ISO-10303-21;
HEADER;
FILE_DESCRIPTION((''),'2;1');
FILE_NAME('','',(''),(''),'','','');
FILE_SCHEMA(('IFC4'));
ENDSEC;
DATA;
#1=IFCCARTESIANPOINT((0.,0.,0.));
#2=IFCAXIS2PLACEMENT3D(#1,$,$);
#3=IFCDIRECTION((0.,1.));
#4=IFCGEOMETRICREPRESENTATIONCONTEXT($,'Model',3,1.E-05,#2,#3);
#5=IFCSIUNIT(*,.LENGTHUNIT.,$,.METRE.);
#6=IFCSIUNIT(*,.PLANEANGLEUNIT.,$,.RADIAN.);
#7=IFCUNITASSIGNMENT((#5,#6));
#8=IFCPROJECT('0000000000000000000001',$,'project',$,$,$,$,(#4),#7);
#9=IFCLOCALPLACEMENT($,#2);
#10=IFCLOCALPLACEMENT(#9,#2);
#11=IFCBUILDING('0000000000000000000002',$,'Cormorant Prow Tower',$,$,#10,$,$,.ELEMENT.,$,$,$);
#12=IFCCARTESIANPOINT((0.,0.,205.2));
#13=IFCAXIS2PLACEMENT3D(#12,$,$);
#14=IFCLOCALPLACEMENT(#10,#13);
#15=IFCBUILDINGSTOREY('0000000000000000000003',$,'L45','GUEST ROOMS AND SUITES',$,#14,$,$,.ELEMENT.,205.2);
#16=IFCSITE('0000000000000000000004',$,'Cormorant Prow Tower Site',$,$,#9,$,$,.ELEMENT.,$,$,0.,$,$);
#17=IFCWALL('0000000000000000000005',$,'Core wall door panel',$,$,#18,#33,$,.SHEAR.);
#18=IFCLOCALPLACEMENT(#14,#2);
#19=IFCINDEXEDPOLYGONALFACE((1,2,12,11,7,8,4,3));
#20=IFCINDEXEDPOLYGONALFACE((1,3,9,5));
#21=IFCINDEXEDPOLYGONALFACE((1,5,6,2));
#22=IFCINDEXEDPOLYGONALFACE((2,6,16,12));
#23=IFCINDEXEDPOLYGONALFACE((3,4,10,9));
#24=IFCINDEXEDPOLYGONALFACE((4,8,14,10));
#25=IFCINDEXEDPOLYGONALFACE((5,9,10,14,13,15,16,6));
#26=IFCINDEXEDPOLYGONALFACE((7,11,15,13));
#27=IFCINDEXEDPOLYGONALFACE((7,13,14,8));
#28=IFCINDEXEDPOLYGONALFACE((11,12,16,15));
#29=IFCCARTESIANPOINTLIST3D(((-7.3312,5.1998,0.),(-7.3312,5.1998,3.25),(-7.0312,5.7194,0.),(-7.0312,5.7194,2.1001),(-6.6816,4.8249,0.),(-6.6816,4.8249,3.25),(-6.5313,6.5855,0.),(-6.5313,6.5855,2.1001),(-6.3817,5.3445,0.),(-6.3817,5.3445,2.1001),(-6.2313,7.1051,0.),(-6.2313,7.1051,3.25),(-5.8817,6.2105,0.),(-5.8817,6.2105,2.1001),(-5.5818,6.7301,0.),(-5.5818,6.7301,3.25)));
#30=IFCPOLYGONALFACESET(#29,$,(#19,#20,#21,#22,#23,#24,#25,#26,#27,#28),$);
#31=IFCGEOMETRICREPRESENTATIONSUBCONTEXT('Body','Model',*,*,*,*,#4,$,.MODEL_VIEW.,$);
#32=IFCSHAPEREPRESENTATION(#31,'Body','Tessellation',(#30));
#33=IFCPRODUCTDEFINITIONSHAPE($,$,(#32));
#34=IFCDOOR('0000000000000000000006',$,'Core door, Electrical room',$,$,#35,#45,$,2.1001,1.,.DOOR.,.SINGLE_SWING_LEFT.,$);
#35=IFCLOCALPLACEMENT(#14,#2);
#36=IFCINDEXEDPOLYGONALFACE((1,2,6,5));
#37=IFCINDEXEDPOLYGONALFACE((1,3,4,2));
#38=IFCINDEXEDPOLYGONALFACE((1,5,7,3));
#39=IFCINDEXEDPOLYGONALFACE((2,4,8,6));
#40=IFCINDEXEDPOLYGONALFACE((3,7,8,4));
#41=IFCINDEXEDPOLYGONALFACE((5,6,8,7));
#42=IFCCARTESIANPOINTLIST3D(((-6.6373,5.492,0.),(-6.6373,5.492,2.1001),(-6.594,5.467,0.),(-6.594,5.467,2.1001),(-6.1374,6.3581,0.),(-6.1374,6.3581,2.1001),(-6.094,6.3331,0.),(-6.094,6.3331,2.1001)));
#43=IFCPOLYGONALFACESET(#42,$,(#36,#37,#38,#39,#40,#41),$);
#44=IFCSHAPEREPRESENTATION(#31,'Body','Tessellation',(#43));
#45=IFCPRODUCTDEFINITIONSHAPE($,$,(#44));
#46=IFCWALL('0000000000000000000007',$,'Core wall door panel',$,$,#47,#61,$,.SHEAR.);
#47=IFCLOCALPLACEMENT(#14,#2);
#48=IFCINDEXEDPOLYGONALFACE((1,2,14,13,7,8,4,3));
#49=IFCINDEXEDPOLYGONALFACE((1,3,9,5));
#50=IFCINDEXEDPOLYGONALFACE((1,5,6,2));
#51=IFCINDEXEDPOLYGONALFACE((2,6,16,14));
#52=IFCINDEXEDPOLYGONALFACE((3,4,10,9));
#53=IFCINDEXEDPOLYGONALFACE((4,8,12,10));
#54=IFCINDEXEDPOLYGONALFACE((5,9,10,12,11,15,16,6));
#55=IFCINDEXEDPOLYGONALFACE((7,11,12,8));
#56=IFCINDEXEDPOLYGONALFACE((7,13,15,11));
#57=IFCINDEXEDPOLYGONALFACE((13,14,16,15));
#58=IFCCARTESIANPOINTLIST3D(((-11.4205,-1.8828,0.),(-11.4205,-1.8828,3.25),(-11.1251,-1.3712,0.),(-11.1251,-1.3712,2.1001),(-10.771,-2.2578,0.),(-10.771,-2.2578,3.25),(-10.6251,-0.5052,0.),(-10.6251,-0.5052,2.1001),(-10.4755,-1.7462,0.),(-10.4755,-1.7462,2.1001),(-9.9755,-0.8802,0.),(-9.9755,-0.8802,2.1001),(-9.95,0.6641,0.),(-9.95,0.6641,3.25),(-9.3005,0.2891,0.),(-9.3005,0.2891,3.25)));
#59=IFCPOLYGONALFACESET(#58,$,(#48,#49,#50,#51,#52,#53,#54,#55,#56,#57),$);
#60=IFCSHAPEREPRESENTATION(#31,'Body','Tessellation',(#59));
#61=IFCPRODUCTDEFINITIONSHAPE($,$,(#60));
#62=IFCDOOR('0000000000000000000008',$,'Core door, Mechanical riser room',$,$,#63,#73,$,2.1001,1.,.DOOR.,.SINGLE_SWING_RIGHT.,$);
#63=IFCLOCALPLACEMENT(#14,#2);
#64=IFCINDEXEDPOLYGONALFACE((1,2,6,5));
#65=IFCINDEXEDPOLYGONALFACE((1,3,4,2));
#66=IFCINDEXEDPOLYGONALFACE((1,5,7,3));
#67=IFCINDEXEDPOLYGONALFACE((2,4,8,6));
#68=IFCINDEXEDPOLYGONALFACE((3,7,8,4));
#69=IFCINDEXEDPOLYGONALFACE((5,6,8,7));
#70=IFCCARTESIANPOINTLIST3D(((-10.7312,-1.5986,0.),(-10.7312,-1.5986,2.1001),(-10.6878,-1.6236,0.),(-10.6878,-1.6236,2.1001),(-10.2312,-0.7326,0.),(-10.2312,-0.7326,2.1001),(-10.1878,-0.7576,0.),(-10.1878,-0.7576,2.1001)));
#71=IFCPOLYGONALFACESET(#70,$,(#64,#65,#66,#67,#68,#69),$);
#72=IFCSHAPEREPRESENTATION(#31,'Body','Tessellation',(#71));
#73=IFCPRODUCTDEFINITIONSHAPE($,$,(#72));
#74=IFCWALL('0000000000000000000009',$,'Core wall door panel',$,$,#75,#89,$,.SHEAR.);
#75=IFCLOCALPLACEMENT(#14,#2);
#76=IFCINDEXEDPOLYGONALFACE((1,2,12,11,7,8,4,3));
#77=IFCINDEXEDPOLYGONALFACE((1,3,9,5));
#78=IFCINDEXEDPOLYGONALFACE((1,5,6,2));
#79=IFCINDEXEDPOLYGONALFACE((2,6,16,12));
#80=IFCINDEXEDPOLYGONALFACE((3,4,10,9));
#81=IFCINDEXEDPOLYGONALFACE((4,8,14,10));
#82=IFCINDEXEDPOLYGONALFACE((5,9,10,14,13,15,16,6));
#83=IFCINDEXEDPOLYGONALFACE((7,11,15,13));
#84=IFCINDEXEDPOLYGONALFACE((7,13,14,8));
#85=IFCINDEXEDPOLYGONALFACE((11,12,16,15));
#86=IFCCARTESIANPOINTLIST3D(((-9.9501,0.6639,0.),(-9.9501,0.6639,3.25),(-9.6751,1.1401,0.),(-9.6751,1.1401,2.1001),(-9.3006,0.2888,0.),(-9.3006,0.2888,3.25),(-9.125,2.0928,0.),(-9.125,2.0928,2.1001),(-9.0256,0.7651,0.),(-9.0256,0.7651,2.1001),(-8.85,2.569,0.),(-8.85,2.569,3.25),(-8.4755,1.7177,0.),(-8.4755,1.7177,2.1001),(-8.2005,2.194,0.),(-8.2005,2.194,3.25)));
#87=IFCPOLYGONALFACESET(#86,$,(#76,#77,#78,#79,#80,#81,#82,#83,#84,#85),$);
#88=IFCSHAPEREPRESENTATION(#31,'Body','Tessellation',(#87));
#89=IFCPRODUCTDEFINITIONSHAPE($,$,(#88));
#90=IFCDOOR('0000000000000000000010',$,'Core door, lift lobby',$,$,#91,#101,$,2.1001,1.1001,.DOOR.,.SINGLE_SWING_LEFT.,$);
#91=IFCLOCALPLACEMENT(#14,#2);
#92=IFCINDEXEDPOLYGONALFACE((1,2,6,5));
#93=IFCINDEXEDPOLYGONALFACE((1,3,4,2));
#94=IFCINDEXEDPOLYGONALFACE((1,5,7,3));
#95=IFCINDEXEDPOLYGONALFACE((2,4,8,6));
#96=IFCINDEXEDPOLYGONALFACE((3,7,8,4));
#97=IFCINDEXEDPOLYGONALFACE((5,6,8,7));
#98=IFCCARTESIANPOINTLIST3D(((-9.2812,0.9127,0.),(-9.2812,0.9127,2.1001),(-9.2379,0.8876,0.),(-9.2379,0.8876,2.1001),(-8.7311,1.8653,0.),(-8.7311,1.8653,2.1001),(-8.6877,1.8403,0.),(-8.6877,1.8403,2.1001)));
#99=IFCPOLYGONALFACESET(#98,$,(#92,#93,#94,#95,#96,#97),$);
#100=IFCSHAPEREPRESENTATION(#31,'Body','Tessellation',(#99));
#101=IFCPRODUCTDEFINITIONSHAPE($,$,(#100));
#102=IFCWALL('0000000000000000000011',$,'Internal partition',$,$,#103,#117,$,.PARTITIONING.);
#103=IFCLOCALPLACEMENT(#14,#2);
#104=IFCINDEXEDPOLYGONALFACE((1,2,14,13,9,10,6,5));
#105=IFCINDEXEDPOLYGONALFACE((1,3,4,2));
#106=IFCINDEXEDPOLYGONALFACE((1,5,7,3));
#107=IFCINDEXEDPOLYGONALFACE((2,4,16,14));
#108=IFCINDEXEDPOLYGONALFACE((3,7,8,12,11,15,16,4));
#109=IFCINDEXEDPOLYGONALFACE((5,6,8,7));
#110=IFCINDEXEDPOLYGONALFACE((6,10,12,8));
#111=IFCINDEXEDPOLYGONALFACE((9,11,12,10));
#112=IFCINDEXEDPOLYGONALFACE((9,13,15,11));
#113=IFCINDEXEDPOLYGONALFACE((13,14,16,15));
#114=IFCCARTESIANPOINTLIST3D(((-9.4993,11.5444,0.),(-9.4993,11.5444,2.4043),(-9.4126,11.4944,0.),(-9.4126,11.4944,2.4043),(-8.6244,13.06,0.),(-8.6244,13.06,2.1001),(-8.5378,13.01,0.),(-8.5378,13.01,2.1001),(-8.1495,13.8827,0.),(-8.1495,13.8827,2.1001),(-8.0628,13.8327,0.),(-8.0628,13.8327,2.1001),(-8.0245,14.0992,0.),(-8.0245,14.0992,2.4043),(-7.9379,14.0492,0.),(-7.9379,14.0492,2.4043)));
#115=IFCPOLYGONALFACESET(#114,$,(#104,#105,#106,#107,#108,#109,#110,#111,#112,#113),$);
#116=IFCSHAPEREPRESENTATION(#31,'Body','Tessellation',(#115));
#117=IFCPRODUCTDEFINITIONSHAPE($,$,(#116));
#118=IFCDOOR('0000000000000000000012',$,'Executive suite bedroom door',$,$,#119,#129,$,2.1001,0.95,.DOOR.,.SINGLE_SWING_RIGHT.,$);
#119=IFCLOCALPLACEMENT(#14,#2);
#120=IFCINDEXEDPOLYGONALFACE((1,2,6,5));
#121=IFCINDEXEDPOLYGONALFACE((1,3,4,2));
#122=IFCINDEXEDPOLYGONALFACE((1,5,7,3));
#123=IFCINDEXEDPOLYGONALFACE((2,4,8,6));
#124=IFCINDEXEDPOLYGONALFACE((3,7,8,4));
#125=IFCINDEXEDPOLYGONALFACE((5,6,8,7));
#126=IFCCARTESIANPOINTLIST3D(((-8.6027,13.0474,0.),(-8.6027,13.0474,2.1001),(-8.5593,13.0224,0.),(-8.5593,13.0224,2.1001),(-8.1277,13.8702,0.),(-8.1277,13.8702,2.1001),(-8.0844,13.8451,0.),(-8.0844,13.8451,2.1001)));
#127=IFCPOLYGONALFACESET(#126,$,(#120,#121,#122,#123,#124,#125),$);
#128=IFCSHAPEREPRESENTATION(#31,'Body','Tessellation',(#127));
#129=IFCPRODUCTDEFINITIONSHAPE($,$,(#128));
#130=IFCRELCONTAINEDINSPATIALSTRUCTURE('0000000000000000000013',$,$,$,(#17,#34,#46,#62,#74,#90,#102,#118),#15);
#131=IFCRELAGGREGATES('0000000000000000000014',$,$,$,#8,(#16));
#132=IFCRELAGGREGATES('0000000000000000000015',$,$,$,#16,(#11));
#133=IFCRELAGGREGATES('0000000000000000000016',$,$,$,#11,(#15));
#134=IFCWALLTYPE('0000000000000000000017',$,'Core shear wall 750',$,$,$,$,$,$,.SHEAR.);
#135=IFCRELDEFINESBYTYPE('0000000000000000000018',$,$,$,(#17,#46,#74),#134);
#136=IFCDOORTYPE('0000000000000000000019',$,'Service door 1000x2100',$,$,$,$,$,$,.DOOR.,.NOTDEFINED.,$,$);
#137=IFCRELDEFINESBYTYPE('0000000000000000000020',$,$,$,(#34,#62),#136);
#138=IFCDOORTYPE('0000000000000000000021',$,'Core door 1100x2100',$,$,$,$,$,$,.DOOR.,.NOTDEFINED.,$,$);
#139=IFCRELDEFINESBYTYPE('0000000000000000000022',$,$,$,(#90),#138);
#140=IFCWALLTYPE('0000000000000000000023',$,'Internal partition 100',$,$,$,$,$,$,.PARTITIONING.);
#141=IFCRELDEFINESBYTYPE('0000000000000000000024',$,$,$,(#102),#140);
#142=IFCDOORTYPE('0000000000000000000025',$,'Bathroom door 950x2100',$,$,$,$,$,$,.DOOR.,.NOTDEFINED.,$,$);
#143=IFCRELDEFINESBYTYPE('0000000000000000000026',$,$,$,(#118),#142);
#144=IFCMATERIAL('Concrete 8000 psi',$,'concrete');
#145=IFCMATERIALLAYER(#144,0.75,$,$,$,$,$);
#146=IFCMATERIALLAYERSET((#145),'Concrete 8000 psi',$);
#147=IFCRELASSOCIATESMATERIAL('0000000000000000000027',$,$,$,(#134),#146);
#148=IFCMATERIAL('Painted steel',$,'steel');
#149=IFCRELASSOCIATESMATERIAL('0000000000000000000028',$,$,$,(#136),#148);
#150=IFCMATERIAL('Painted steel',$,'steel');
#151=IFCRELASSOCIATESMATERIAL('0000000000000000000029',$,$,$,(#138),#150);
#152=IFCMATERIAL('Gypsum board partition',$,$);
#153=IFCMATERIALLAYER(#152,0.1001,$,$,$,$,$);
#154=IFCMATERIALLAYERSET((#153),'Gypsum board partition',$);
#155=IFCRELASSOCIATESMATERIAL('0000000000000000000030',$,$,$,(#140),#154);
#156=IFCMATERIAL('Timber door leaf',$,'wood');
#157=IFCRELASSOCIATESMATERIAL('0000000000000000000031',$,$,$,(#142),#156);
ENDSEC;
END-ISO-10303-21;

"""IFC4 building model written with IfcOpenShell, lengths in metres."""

from ifc_helpers import new_model, si_unit, direction, frame, frame_2d, origin, place, context, subcontext, project, spatial, rectangle, extrude, material, layer, layer_set, type_object, element, fill, save


model = new_model("IFC4")

# Units and contexts
model_context = context("Model", 3, precision=1e-05, world=origin(), true_north=direction((0.0, 1.0)))
body_context = subcontext(model_context, "Body", "Model", "MODEL_VIEW")
ifc_project = project(units=[si_unit("LENGTHUNIT", "METRE"), si_unit("PLANEANGLEUNIT", "RADIAN")], contexts=[model_context])

# Site, building, storey
site_placement = place(None, origin())
site = spatial("IfcSite", under=ifc_project, at=site_placement, Name="Cormorant Prow Tower Site", CompositionType="ELEMENT", RefElevation=0.0)
building_placement = place(site_placement, origin())
building = spatial("IfcBuilding", under=site, at=building_placement, Name="Cormorant Prow Tower", CompositionType="ELEMENT")
storey_placement = place(building_placement, frame((0.0, 0.0, 205.2)))
storey = spatial("IfcBuildingStorey", under=building, at=storey_placement, Name="L45", Description="GUEST ROOMS AND SUITES", CompositionType="ELEMENT", Elevation=205.2)

# Shared definitions
ifc_material_1 = material(Name="Concrete 8000 psi", Category="concrete")
ifc_layer_1 = layer(ifc_material_1, 0.75)
ifc_layer_set_1 = layer_set([ifc_layer_1], Name="Concrete 8000 psi")
wall_type_1 = type_object("IfcWallType", Name="Core shear wall 750", PredefinedType="SHEAR", material=ifc_layer_set_1)

# Walls, openings, doors
wall_1_placement = place(storey_placement, frame((-5.9065, 6.9177, 0.0), z_axis=(0.0, 0.0, 1.0), x_axis=(-0.499947, -0.866056, 0.0)))
wall_1 = element("IfcWall", 1, at=wall_1_placement, inside=storey, type_object=wall_type_1, Name="Core wall door panel", PredefinedType="SHEAR", context=body_context, shape_type="SweptSolid", body=[
    extrude(rectangle(XDim=2.2, YDim=0.75, at=frame_2d((1.1001, 0.0))), origin(), (0.0, 0.0, 1.0), 3.25),
])
opening_1_placement = place(wall_1_placement, frame((0.6001, 0.0, 0.0)))
opening_1 = element("IfcOpeningElement", 2, at=opening_1_placement, cuts=wall_1, PredefinedType="OPENING", context=body_context, shape_type="SweptSolid", body=[
    extrude(rectangle(XDim=1.0, YDim=2.1001, at=frame_2d((0.5, 1.05))), frame((0.0, 0.385, 0.0), z_axis=(0.0, -1.0, 0.0), x_axis=(1.0, 0.0, 0.0)), (0.0, 0.0, 1.0), 0.77),
])
ifc_material_2 = material(Name="Painted steel", Category="steel")
door_type_1 = type_object("IfcDoorType", Name="Service door 1000x2100", OperationType="NOTDEFINED", PredefinedType="DOOR", material=ifc_material_2)
door_1_placement = place(opening_1_placement, origin())
door_1 = element("IfcDoor", 3, at=door_1_placement, inside=storey, type_object=door_type_1, Name="Core door, Electrical room", OperationType="SINGLE_SWING_LEFT", OverallHeight=2.1001, OverallWidth=1.0, PredefinedType="DOOR", context=body_context, shape_type="SweptSolid", body=[
    extrude(rectangle(XDim=1.0, YDim=2.1001, at=frame_2d((0.5, 1.05))), frame((0.0, 0.1299, 0.0), z_axis=(0.0, -1.0, 0.0), x_axis=(1.0, 0.0, 0.0)), (0.0, 0.0, 1.0), 0.05),
])
fill(opening_1, door_1)
wall_2_placement = place(storey_placement, frame((-9.6252, 0.4766, 0.0), z_axis=(0.0, 0.0, 1.0), x_axis=(-0.500005, -0.866022, 0.0)))
wall_2 = element("IfcWall", 4, at=wall_2_placement, inside=storey, type_object=wall_type_1, Name="Core wall door panel", PredefinedType="SHEAR", context=body_context, shape_type="SweptSolid", body=[
    extrude(rectangle(XDim=2.9409, YDim=0.75, at=frame_2d((1.4705, 0.0))), origin(), (0.0, 0.0, 1.0), 3.25),
])
opening_2_placement = place(wall_2_placement, frame((1.3501, 0.0, 0.0)))
opening_2 = element("IfcOpeningElement", 5, at=opening_2_placement, cuts=wall_2, PredefinedType="OPENING", context=body_context, shape_type="SweptSolid", body=[
    extrude(rectangle(XDim=1.0, YDim=2.1001, at=frame_2d((0.5, 1.05))), frame((0.0, 0.385, 0.0), z_axis=(0.0, -1.0, 0.0), x_axis=(1.0, 0.0, 0.0)), (0.0, 0.0, 1.0), 0.77),
])
door_2_placement = place(opening_2_placement, origin())
door_2 = element("IfcDoor", 6, at=door_2_placement, inside=storey, type_object=door_type_1, Name="Core door, Mechanical riser room", OperationType="SINGLE_SWING_RIGHT", OverallHeight=2.1001, OverallWidth=1.0, PredefinedType="DOOR", context=body_context, shape_type="SweptSolid", body=[
    extrude(rectangle(XDim=1.0, YDim=2.1001, at=frame_2d((0.5, 1.05))), frame((0.0, 0.1299, 0.0), z_axis=(0.0, -1.0, 0.0), x_axis=(1.0, 0.0, 0.0)), (0.0, 0.0, 1.0), 0.05),
])
fill(opening_2, door_2)
wall_3_placement = place(storey_placement, frame((-8.5251, 2.3816, 0.0), z_axis=(0.0, 0.0, 1.0), x_axis=(-0.500078, -0.86598, 0.0)))
wall_3 = element("IfcWall", 7, at=wall_3_placement, inside=storey, type_object=wall_type_1, Name="Core wall door panel", PredefinedType="SHEAR", context=body_context, shape_type="SweptSolid", body=[
    extrude(rectangle(XDim=2.2, YDim=0.75, at=frame_2d((1.1001, 0.0))), origin(), (0.0, 0.0, 1.0), 3.25),
])
opening_3_placement = place(wall_3_placement, frame((0.55, 0.0, 0.0)))
opening_3 = element("IfcOpeningElement", 8, at=opening_3_placement, cuts=wall_3, PredefinedType="OPENING", context=body_context, shape_type="SweptSolid", body=[
    extrude(rectangle(XDim=1.1001, YDim=2.1001, at=frame_2d((0.55, 1.05))), frame((0.0, 0.385, 0.0), z_axis=(0.0, -1.0, 0.0), x_axis=(1.0, 0.0, 0.0)), (0.0, 0.0, 1.0), 0.77),
])
ifc_material_3 = material(Name="Painted steel", Category="steel")
door_type_2 = type_object("IfcDoorType", Name="Core door 1100x2100", OperationType="NOTDEFINED", PredefinedType="DOOR", material=ifc_material_3)
door_3_placement = place(opening_3_placement, origin())
door_3 = element("IfcDoor", 9, at=door_3_placement, inside=storey, type_object=door_type_2, Name="Core door, lift lobby", OperationType="SINGLE_SWING_LEFT", OverallHeight=2.1001, OverallWidth=1.1001, PredefinedType="DOOR", context=body_context, shape_type="SweptSolid", body=[
    extrude(rectangle(XDim=1.1001, YDim=2.1001, at=frame_2d((0.55, 1.05))), frame((0.0, 0.1299, 0.0), z_axis=(0.0, -1.0, 0.0), x_axis=(1.0, 0.0, 0.0)), (0.0, 0.0, 1.0), 0.05),
])
fill(opening_3, door_3)
ifc_material_4 = material(Name="Gypsum board partition")
ifc_layer_2 = layer(ifc_material_4, 0.1001)
ifc_layer_set_2 = layer_set([ifc_layer_2], Name="Gypsum board partition")
wall_type_2 = type_object("IfcWallType", Name="Internal partition 100", PredefinedType="PARTITIONING", material=ifc_layer_set_2)
wall_4_placement = place(storey_placement, frame((-9.4561, 11.5193, 0.0), z_axis=(0.0, 0.0, 1.0), x_axis=(0.49994, 0.86606, 0.0)))
wall_4 = element("IfcWall", 10, at=wall_4_placement, inside=storey, type_object=wall_type_2, Name="Internal partition", PredefinedType="PARTITIONING", context=body_context, shape_type="SweptSolid", body=[
    extrude(rectangle(XDim=2.95, YDim=0.1001, at=frame_2d((1.4751, 0.0))), origin(), (0.0, 0.0, 1.0), 2.4043),
])
opening_4_placement = place(wall_4_placement, frame((1.75, 0.0, 0.0)))
opening_4 = element("IfcOpeningElement", 11, at=opening_4_placement, cuts=wall_4, PredefinedType="OPENING", context=body_context, shape_type="SweptSolid", body=[
    extrude(rectangle(XDim=0.95, YDim=2.1001, at=frame_2d((0.4751, 1.05))), frame((0.0, 0.0601, 0.0), z_axis=(0.0, -1.0, 0.0), x_axis=(1.0, 0.0, 0.0)), (0.0, 0.0, 1.0), 0.1201),
])
ifc_material_5 = material(Name="Timber door leaf", Category="wood")
door_type_3 = type_object("IfcDoorType", Name="Bathroom door 950x2100", OperationType="NOTDEFINED", PredefinedType="DOOR", material=ifc_material_5)
door_4_placement = place(opening_4_placement, origin())
door_4 = element("IfcDoor", 12, at=door_4_placement, inside=storey, type_object=door_type_3, Name="Executive suite bedroom door", OperationType="SINGLE_SWING_RIGHT", OverallHeight=2.1001, OverallWidth=0.95, PredefinedType="DOOR", context=body_context, shape_type="SweptSolid", body=[
    extrude(rectangle(XDim=0.95, YDim=2.1001, at=frame_2d((0.4751, 1.05))), frame((0.0, 0.0249, 0.0), z_axis=(0.0, -1.0, 0.0), x_axis=(1.0, 0.0, 0.0)), (0.0, 0.0, 1.0), 0.05),
])
fill(opening_4, door_4)

save(model, "model.ifc")
